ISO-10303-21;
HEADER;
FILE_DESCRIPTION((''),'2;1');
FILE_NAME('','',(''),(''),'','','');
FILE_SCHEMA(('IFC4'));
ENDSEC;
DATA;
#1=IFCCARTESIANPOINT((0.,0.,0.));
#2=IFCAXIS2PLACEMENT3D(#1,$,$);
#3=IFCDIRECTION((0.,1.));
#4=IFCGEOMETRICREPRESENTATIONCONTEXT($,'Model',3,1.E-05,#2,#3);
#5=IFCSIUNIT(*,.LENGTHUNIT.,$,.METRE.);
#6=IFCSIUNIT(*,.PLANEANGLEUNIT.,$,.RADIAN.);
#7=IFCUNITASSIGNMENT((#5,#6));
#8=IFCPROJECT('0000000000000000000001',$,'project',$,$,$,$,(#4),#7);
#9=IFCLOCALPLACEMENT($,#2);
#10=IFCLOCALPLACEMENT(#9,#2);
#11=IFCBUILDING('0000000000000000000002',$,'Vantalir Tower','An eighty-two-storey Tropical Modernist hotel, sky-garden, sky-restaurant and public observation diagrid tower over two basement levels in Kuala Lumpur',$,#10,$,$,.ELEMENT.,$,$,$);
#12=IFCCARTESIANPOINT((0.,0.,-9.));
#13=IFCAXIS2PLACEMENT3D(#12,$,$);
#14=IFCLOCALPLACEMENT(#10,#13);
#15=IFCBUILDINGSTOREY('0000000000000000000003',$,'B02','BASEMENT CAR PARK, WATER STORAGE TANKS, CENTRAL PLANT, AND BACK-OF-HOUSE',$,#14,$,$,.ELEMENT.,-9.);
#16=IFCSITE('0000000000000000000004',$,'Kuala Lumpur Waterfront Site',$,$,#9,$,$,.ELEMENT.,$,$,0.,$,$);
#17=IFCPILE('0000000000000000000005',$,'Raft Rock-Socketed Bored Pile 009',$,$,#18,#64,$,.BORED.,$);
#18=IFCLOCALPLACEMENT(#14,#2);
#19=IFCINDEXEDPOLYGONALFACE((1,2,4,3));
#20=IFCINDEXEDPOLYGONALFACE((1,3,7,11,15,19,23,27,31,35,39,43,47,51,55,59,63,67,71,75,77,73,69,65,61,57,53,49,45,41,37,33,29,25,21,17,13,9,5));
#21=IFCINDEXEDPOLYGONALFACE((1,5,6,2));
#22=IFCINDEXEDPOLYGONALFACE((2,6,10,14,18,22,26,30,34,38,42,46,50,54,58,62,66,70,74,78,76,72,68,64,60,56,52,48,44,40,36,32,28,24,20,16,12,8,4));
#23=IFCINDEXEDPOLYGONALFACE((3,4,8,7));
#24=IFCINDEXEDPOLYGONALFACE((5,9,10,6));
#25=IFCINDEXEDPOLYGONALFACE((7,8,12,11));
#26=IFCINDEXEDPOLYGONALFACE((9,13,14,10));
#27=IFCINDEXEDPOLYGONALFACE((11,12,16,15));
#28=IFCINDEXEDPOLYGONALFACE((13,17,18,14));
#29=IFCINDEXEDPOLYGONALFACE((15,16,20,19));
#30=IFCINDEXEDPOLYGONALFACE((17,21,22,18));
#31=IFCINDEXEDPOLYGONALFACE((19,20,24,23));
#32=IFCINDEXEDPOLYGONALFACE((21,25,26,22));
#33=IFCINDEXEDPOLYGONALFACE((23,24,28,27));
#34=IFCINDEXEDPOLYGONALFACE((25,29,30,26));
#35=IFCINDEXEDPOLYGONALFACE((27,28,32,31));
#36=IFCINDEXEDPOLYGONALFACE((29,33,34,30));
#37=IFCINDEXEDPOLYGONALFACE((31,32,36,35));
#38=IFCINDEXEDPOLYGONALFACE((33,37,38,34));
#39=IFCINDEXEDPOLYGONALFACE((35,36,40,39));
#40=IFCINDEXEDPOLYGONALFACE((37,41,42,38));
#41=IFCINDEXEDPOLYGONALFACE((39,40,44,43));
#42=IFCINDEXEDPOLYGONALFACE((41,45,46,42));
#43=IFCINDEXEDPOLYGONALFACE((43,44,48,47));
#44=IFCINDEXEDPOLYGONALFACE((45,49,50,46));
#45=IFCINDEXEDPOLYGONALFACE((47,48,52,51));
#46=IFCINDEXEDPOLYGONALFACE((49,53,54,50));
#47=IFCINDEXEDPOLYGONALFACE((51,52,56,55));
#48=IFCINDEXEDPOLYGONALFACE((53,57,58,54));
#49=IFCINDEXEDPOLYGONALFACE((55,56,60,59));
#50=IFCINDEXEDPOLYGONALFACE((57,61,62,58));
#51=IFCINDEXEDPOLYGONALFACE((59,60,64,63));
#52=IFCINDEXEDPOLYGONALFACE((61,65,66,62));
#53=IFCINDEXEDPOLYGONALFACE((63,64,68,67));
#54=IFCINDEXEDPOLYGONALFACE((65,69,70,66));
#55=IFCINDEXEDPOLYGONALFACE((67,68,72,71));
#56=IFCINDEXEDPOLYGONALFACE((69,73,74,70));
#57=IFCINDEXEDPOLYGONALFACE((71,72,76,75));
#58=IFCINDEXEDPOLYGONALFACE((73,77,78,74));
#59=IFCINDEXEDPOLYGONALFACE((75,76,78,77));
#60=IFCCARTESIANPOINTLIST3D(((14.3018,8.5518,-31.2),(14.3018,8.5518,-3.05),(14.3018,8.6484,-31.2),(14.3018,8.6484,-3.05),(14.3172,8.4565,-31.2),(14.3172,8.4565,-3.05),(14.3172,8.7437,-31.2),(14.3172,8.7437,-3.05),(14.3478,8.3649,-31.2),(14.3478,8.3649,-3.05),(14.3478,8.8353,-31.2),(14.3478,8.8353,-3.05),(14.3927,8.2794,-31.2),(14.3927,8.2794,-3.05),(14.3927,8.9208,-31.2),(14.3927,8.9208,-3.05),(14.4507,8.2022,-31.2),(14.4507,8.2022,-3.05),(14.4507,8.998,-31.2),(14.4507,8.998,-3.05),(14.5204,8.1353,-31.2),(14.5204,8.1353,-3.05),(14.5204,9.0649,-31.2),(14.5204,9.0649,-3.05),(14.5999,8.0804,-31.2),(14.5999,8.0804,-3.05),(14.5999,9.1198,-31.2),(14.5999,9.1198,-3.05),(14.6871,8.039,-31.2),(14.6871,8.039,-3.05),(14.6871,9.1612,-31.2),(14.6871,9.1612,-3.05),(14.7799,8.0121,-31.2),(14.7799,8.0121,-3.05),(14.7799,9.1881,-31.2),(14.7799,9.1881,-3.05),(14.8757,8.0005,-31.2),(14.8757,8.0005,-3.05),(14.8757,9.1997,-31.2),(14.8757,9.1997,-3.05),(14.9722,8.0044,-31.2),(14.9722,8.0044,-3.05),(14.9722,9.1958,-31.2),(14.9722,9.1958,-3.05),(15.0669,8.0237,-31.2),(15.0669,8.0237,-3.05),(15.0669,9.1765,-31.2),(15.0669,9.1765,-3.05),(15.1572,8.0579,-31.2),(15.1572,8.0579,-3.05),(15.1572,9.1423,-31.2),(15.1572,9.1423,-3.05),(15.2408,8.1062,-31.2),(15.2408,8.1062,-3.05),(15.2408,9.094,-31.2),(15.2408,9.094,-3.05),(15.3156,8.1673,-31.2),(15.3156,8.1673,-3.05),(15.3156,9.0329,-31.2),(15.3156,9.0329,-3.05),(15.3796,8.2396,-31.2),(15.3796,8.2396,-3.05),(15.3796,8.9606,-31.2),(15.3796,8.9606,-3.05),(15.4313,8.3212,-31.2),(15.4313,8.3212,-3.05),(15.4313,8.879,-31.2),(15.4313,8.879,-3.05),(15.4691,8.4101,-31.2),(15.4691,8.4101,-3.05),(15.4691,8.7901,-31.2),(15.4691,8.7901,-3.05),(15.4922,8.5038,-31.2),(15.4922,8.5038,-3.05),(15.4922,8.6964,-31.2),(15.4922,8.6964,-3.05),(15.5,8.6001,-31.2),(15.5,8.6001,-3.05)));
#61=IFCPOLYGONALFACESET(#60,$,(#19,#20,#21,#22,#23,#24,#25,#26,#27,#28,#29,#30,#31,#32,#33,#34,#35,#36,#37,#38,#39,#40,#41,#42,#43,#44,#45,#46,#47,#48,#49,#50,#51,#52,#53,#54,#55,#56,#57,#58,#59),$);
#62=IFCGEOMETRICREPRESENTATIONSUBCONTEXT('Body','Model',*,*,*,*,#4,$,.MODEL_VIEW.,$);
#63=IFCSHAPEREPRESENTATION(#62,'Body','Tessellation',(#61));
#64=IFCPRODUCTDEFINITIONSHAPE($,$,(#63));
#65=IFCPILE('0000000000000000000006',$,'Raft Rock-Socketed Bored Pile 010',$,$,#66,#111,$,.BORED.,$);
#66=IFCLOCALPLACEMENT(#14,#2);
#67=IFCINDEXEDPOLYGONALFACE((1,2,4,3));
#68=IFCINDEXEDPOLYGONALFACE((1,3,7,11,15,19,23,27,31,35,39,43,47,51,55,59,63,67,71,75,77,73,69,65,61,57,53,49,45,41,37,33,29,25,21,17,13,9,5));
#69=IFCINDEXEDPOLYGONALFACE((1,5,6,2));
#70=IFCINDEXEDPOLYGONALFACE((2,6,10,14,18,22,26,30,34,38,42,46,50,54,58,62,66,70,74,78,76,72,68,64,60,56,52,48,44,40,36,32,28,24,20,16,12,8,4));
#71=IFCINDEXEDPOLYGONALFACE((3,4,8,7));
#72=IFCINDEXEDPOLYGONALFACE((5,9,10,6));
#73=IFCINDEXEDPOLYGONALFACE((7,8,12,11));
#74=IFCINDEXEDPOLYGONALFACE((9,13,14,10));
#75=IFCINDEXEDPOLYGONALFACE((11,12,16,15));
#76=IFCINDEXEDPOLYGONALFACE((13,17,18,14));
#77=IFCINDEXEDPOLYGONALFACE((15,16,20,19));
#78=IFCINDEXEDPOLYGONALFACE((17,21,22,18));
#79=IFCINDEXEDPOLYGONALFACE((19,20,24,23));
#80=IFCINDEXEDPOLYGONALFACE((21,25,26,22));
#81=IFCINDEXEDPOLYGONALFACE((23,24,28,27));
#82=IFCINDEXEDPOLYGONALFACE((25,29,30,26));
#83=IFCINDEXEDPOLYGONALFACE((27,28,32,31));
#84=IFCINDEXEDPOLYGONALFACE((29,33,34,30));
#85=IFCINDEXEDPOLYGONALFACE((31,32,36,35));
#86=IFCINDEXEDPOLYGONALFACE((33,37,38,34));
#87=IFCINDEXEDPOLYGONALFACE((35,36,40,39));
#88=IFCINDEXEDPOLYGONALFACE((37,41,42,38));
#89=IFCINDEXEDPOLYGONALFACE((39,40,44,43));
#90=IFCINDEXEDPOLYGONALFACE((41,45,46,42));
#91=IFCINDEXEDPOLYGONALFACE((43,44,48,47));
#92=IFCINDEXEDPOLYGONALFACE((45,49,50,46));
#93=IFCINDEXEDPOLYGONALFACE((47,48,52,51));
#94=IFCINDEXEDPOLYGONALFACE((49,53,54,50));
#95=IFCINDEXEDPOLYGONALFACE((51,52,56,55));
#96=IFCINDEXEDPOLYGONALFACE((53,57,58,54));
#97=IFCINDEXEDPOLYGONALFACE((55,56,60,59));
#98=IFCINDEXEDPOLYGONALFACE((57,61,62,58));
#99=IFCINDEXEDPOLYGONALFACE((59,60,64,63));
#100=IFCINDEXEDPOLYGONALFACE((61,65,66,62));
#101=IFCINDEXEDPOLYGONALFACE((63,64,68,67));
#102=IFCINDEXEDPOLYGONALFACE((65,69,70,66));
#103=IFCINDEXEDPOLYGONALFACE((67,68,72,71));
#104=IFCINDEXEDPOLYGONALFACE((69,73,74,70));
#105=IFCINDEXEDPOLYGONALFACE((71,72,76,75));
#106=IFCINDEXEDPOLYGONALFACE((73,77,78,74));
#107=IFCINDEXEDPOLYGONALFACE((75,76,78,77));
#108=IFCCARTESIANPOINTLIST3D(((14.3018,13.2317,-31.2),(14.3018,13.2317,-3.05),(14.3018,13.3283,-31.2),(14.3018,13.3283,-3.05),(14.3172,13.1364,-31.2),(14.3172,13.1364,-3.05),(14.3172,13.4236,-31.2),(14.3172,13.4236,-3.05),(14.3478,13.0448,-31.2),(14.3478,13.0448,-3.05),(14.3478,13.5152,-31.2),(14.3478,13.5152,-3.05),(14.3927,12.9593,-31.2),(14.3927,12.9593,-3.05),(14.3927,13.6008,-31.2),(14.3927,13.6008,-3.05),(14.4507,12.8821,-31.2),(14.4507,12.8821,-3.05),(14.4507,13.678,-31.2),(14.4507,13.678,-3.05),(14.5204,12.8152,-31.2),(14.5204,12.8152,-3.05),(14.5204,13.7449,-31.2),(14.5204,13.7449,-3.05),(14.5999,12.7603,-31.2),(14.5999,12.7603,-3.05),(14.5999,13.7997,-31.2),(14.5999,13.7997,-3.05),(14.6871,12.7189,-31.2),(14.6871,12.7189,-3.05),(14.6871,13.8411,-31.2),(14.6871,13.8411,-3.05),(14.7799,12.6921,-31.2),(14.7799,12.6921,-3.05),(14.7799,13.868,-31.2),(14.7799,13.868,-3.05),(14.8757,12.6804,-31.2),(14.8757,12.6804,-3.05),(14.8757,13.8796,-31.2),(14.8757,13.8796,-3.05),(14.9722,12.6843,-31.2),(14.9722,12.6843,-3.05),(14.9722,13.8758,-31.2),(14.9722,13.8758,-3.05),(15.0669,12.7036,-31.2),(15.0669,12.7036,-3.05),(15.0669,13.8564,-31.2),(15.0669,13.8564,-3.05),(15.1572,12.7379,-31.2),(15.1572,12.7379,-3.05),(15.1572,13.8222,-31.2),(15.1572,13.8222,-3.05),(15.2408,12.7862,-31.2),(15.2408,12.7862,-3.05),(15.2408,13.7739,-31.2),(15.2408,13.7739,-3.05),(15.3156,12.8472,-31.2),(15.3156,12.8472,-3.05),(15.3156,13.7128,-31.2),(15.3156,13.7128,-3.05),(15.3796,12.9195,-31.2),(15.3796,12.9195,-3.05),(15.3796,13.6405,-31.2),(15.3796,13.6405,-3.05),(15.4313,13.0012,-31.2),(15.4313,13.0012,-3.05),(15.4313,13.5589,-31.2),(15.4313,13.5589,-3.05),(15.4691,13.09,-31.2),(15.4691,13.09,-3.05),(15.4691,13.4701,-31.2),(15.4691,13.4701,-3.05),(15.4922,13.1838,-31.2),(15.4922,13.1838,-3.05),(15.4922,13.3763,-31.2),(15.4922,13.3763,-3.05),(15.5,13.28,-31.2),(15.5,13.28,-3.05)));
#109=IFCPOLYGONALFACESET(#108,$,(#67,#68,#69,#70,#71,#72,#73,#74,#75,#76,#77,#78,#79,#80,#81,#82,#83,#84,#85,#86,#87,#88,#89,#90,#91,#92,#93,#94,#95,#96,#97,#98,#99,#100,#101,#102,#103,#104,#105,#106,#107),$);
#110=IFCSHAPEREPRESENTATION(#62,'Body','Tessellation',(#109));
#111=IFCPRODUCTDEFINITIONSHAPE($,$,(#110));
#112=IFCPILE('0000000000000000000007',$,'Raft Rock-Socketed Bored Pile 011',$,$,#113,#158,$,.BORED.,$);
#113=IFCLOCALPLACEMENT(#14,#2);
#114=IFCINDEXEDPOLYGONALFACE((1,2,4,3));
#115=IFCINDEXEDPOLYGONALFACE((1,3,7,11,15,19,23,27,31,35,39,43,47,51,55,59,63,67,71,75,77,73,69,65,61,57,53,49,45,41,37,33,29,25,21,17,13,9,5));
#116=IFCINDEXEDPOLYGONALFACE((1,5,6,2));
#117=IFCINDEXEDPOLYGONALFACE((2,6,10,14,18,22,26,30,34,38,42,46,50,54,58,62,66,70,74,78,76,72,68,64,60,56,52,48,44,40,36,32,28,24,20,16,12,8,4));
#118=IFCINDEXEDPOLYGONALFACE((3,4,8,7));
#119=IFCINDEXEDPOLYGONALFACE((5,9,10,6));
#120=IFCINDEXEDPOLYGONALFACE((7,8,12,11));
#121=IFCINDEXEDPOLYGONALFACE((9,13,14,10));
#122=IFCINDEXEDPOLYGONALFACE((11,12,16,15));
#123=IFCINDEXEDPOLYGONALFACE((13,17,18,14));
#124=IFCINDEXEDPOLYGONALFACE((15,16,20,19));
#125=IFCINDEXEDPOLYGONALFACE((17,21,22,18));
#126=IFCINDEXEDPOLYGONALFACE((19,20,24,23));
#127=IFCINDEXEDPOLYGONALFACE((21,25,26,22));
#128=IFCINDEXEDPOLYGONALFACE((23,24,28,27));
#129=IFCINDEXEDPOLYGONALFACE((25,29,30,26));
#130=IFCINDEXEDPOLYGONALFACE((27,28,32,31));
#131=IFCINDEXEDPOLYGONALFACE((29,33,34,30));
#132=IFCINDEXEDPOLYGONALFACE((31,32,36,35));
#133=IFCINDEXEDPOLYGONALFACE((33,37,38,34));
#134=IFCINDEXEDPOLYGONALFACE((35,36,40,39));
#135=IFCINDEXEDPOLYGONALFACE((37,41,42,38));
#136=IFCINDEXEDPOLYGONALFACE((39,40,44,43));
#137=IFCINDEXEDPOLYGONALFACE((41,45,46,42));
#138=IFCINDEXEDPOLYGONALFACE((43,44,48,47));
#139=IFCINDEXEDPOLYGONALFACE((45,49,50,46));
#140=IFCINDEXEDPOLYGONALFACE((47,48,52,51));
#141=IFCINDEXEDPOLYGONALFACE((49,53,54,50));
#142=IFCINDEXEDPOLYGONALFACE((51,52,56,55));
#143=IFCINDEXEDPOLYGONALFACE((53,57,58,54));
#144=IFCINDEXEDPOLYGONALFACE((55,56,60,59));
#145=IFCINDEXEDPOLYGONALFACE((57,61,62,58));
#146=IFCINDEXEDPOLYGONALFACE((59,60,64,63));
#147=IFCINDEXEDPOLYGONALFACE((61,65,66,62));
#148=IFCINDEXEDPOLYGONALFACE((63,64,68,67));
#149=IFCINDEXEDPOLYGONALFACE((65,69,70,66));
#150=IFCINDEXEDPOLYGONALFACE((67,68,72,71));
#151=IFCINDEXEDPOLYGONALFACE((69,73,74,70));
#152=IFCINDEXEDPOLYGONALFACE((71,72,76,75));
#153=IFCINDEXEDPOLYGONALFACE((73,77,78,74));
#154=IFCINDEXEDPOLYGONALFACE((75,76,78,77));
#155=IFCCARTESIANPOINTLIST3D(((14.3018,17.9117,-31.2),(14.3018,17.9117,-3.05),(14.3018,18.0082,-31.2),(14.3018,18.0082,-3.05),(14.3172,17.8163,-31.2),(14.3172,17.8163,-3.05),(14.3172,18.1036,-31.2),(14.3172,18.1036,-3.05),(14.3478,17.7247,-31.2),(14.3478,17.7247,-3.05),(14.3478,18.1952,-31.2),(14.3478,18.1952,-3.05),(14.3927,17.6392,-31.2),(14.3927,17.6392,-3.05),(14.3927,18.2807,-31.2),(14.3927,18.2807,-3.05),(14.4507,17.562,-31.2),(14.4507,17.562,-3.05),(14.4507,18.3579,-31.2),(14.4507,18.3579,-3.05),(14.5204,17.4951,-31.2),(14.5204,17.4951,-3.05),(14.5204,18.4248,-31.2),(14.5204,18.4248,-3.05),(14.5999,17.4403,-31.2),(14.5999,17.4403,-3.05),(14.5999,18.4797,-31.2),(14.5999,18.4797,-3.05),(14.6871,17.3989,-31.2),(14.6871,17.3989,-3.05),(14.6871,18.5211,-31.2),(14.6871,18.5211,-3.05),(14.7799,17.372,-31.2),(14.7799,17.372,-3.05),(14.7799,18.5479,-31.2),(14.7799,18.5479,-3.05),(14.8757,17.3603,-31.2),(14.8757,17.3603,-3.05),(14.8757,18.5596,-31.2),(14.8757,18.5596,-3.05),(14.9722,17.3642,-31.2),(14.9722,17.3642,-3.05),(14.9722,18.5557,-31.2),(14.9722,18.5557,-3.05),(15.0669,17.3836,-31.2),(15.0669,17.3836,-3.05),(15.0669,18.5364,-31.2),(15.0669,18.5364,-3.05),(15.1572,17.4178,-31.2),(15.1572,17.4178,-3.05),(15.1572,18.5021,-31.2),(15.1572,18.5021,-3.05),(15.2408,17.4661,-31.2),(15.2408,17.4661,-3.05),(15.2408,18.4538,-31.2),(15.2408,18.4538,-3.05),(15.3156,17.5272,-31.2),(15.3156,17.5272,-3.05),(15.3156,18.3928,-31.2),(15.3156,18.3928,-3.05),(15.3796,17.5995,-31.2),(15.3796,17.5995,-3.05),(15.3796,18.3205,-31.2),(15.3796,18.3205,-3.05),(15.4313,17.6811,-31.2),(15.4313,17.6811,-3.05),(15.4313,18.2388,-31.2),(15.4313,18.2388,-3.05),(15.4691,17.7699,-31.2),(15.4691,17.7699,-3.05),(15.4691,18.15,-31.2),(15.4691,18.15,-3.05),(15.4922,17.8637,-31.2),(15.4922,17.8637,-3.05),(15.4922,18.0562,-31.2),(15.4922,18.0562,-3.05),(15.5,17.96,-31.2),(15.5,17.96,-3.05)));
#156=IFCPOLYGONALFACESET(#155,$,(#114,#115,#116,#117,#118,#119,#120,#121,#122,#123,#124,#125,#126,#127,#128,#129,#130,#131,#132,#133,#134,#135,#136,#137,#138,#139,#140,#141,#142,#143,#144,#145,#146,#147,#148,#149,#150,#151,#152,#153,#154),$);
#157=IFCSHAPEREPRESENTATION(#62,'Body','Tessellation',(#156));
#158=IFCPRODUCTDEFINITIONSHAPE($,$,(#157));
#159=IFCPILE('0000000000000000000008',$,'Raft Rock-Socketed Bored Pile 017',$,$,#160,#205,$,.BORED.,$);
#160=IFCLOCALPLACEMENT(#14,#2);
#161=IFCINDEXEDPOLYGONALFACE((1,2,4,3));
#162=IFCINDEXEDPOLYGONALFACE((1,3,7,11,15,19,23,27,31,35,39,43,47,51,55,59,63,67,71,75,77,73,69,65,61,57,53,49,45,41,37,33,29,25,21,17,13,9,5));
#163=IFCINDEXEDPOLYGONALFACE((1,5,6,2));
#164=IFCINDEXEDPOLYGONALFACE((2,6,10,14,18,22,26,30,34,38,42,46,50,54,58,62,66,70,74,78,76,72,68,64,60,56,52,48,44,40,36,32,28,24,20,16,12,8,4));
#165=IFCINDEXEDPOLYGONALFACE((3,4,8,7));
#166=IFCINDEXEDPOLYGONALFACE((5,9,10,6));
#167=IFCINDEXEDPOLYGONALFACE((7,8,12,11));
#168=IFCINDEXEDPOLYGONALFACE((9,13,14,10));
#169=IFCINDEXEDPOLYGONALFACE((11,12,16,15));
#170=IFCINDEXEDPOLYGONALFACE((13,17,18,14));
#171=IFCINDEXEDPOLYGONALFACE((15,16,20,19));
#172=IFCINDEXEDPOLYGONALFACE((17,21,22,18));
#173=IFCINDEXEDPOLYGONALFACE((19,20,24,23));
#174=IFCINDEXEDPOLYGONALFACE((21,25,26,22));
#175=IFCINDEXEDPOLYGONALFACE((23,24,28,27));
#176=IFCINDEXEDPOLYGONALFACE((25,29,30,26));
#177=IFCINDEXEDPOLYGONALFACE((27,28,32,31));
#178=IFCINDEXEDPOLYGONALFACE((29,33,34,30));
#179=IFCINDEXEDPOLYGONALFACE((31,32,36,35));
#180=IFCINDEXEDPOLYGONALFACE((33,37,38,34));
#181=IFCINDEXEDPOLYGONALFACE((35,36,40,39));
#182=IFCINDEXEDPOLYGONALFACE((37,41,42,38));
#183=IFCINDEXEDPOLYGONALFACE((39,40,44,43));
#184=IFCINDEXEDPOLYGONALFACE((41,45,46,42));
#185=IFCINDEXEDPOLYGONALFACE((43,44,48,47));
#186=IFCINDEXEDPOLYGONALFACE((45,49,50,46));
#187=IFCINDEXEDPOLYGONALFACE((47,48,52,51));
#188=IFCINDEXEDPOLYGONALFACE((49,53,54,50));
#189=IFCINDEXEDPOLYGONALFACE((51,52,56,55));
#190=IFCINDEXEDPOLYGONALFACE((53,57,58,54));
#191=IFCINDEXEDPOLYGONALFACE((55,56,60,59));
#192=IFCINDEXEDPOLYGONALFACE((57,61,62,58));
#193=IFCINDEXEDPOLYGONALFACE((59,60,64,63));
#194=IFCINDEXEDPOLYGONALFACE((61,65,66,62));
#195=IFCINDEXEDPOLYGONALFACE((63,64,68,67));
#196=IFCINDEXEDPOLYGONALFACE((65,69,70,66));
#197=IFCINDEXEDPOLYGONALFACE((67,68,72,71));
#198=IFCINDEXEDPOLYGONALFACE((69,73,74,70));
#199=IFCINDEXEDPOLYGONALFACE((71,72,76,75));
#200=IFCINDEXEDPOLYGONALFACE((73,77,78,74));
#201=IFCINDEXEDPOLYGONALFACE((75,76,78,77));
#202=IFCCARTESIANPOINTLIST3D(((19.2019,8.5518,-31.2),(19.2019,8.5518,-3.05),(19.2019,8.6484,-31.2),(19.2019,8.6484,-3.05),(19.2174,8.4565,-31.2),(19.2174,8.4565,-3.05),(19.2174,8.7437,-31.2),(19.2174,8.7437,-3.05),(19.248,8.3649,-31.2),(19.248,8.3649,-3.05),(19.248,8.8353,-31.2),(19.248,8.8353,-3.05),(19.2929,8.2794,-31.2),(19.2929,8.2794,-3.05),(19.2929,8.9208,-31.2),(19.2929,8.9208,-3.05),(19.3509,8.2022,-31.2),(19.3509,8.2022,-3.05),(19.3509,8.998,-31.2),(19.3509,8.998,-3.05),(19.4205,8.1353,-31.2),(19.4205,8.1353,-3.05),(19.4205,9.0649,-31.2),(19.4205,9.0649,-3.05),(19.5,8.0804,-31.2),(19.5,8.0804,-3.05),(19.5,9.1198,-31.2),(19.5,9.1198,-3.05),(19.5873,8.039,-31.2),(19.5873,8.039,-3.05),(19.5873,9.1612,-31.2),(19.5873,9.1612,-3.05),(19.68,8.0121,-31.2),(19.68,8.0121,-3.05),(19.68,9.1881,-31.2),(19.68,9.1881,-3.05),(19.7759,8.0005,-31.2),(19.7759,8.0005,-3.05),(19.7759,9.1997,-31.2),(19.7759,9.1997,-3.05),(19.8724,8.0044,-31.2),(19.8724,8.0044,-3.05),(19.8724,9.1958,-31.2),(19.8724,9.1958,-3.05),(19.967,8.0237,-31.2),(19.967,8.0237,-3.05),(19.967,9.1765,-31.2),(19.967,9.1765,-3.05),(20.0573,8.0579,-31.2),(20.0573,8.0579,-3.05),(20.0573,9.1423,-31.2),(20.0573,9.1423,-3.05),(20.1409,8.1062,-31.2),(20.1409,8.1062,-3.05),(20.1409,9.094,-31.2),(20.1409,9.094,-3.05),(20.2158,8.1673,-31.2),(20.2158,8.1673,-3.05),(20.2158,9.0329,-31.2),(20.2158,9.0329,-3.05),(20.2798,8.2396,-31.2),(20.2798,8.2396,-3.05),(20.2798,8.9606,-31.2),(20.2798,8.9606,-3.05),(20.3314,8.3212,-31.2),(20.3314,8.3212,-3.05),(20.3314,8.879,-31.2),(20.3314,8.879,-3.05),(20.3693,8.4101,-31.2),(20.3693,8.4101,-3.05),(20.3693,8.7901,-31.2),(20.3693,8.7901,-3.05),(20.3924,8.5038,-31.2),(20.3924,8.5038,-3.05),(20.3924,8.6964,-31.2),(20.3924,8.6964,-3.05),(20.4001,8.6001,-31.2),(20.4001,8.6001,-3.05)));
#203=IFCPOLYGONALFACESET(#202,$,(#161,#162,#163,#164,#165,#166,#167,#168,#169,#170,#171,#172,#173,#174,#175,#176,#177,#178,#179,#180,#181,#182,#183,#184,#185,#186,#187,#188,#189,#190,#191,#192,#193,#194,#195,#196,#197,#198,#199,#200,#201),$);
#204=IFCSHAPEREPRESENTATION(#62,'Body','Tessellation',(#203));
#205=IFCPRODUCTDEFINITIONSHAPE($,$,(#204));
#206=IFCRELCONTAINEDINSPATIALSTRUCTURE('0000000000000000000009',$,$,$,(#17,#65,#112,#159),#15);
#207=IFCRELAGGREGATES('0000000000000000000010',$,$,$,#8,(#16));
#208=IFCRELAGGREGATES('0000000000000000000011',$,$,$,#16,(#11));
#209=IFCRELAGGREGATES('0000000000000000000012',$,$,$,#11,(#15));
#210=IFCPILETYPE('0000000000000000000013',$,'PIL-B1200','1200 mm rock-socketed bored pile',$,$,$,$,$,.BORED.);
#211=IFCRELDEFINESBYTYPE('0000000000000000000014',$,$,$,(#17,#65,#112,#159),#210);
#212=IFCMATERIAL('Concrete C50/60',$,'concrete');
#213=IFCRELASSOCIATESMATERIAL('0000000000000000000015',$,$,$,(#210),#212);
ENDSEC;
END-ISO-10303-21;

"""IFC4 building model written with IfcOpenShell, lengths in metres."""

from ifc_helpers import new_model, si_unit, direction, frame, origin, origin_2d, place, context, subcontext, project, spatial, circle, extrude, material, material_profile, profile_set, type_object, element, save


model = new_model("IFC4")

# Units and contexts
model_context = context("Model", 3, precision=1e-05, world=origin(), true_north=direction((0.0, 1.0)))
body_context = subcontext(model_context, "Body", "Model", "MODEL_VIEW")
ifc_project = project(units=[si_unit("LENGTHUNIT", "METRE"), si_unit("PLANEANGLEUNIT", "RADIAN")], contexts=[model_context])

# Site, building, storey
site_placement = place(None, origin())
site = spatial("IfcSite", under=ifc_project, at=site_placement, Name="Kuala Lumpur Waterfront Site", CompositionType="ELEMENT", RefElevation=0.0)
building_placement = place(site_placement, origin())
building = spatial("IfcBuilding", under=site, at=building_placement, Name="Vantalir Tower", Description="An eighty-two-storey Tropical Modernist hotel, sky-garden, sky-restaurant and public observation diagrid tower over two basement levels in Kuala Lumpur", CompositionType="ELEMENT")
storey_placement = place(building_placement, frame((0.0, 0.0, -9.0)))
storey = spatial("IfcBuildingStorey", under=building, at=storey_placement, Name="B02", Description="BASEMENT CAR PARK, WATER STORAGE TANKS, CENTRAL PLANT, AND BACK-OF-HOUSE", CompositionType="ELEMENT", Elevation=-9.0)

# Shared definitions
ifc_material_1 = material(Name="Concrete C50/60", Category="concrete")

# Piles
ifc_material_profile_1 = material_profile(ifc_material_1, circle(Radius=0.6001, at=origin_2d()), Name="Concrete C50/60")
ifc_profile_set_1 = profile_set([ifc_material_profile_1], Name="Concrete C50/60")
pile_type_1 = type_object("IfcPileType", Name="PIL-B1200", Description="1200 mm rock-socketed bored pile", PredefinedType="BORED", material=ifc_profile_set_1)
for number, where, z_axis, x_axis, name in (
    (1, (14.8999, 8.6001, -3.05), (0.0, 0.0, -1.0), (1.0, 0.0, 0.0), "Raft Rock-Socketed Bored Pile 009"),
    (2, (14.8999, 13.28, -3.05), (0.0, 0.0, -1.0), (1.0, 0.0, 0.0), "Raft Rock-Socketed Bored Pile 010"),
    (3, (14.8999, 17.96, -3.05), (0.0, 0.0, -1.0), (1.0, 0.0, 0.0), "Raft Rock-Socketed Bored Pile 011"),
    (4, (19.8, 8.6001, -3.05), (0.0, 0.0, -1.0), (1.0, 0.0, 0.0), "Raft Rock-Socketed Bored Pile 017"),
):
    element("IfcPile", number, at=place(storey_placement, frame(where, z_axis=z_axis, x_axis=x_axis)), inside=storey, type_object=pile_type_1, Name=name, PredefinedType="BORED", context=body_context, shape_type="SweptSolid", body=[
        extrude(circle(Radius=0.6001, at=origin_2d()), origin(), (0.0, 0.0, 1.0), 28.1499),
    ])

save(model, "model.ifc")
